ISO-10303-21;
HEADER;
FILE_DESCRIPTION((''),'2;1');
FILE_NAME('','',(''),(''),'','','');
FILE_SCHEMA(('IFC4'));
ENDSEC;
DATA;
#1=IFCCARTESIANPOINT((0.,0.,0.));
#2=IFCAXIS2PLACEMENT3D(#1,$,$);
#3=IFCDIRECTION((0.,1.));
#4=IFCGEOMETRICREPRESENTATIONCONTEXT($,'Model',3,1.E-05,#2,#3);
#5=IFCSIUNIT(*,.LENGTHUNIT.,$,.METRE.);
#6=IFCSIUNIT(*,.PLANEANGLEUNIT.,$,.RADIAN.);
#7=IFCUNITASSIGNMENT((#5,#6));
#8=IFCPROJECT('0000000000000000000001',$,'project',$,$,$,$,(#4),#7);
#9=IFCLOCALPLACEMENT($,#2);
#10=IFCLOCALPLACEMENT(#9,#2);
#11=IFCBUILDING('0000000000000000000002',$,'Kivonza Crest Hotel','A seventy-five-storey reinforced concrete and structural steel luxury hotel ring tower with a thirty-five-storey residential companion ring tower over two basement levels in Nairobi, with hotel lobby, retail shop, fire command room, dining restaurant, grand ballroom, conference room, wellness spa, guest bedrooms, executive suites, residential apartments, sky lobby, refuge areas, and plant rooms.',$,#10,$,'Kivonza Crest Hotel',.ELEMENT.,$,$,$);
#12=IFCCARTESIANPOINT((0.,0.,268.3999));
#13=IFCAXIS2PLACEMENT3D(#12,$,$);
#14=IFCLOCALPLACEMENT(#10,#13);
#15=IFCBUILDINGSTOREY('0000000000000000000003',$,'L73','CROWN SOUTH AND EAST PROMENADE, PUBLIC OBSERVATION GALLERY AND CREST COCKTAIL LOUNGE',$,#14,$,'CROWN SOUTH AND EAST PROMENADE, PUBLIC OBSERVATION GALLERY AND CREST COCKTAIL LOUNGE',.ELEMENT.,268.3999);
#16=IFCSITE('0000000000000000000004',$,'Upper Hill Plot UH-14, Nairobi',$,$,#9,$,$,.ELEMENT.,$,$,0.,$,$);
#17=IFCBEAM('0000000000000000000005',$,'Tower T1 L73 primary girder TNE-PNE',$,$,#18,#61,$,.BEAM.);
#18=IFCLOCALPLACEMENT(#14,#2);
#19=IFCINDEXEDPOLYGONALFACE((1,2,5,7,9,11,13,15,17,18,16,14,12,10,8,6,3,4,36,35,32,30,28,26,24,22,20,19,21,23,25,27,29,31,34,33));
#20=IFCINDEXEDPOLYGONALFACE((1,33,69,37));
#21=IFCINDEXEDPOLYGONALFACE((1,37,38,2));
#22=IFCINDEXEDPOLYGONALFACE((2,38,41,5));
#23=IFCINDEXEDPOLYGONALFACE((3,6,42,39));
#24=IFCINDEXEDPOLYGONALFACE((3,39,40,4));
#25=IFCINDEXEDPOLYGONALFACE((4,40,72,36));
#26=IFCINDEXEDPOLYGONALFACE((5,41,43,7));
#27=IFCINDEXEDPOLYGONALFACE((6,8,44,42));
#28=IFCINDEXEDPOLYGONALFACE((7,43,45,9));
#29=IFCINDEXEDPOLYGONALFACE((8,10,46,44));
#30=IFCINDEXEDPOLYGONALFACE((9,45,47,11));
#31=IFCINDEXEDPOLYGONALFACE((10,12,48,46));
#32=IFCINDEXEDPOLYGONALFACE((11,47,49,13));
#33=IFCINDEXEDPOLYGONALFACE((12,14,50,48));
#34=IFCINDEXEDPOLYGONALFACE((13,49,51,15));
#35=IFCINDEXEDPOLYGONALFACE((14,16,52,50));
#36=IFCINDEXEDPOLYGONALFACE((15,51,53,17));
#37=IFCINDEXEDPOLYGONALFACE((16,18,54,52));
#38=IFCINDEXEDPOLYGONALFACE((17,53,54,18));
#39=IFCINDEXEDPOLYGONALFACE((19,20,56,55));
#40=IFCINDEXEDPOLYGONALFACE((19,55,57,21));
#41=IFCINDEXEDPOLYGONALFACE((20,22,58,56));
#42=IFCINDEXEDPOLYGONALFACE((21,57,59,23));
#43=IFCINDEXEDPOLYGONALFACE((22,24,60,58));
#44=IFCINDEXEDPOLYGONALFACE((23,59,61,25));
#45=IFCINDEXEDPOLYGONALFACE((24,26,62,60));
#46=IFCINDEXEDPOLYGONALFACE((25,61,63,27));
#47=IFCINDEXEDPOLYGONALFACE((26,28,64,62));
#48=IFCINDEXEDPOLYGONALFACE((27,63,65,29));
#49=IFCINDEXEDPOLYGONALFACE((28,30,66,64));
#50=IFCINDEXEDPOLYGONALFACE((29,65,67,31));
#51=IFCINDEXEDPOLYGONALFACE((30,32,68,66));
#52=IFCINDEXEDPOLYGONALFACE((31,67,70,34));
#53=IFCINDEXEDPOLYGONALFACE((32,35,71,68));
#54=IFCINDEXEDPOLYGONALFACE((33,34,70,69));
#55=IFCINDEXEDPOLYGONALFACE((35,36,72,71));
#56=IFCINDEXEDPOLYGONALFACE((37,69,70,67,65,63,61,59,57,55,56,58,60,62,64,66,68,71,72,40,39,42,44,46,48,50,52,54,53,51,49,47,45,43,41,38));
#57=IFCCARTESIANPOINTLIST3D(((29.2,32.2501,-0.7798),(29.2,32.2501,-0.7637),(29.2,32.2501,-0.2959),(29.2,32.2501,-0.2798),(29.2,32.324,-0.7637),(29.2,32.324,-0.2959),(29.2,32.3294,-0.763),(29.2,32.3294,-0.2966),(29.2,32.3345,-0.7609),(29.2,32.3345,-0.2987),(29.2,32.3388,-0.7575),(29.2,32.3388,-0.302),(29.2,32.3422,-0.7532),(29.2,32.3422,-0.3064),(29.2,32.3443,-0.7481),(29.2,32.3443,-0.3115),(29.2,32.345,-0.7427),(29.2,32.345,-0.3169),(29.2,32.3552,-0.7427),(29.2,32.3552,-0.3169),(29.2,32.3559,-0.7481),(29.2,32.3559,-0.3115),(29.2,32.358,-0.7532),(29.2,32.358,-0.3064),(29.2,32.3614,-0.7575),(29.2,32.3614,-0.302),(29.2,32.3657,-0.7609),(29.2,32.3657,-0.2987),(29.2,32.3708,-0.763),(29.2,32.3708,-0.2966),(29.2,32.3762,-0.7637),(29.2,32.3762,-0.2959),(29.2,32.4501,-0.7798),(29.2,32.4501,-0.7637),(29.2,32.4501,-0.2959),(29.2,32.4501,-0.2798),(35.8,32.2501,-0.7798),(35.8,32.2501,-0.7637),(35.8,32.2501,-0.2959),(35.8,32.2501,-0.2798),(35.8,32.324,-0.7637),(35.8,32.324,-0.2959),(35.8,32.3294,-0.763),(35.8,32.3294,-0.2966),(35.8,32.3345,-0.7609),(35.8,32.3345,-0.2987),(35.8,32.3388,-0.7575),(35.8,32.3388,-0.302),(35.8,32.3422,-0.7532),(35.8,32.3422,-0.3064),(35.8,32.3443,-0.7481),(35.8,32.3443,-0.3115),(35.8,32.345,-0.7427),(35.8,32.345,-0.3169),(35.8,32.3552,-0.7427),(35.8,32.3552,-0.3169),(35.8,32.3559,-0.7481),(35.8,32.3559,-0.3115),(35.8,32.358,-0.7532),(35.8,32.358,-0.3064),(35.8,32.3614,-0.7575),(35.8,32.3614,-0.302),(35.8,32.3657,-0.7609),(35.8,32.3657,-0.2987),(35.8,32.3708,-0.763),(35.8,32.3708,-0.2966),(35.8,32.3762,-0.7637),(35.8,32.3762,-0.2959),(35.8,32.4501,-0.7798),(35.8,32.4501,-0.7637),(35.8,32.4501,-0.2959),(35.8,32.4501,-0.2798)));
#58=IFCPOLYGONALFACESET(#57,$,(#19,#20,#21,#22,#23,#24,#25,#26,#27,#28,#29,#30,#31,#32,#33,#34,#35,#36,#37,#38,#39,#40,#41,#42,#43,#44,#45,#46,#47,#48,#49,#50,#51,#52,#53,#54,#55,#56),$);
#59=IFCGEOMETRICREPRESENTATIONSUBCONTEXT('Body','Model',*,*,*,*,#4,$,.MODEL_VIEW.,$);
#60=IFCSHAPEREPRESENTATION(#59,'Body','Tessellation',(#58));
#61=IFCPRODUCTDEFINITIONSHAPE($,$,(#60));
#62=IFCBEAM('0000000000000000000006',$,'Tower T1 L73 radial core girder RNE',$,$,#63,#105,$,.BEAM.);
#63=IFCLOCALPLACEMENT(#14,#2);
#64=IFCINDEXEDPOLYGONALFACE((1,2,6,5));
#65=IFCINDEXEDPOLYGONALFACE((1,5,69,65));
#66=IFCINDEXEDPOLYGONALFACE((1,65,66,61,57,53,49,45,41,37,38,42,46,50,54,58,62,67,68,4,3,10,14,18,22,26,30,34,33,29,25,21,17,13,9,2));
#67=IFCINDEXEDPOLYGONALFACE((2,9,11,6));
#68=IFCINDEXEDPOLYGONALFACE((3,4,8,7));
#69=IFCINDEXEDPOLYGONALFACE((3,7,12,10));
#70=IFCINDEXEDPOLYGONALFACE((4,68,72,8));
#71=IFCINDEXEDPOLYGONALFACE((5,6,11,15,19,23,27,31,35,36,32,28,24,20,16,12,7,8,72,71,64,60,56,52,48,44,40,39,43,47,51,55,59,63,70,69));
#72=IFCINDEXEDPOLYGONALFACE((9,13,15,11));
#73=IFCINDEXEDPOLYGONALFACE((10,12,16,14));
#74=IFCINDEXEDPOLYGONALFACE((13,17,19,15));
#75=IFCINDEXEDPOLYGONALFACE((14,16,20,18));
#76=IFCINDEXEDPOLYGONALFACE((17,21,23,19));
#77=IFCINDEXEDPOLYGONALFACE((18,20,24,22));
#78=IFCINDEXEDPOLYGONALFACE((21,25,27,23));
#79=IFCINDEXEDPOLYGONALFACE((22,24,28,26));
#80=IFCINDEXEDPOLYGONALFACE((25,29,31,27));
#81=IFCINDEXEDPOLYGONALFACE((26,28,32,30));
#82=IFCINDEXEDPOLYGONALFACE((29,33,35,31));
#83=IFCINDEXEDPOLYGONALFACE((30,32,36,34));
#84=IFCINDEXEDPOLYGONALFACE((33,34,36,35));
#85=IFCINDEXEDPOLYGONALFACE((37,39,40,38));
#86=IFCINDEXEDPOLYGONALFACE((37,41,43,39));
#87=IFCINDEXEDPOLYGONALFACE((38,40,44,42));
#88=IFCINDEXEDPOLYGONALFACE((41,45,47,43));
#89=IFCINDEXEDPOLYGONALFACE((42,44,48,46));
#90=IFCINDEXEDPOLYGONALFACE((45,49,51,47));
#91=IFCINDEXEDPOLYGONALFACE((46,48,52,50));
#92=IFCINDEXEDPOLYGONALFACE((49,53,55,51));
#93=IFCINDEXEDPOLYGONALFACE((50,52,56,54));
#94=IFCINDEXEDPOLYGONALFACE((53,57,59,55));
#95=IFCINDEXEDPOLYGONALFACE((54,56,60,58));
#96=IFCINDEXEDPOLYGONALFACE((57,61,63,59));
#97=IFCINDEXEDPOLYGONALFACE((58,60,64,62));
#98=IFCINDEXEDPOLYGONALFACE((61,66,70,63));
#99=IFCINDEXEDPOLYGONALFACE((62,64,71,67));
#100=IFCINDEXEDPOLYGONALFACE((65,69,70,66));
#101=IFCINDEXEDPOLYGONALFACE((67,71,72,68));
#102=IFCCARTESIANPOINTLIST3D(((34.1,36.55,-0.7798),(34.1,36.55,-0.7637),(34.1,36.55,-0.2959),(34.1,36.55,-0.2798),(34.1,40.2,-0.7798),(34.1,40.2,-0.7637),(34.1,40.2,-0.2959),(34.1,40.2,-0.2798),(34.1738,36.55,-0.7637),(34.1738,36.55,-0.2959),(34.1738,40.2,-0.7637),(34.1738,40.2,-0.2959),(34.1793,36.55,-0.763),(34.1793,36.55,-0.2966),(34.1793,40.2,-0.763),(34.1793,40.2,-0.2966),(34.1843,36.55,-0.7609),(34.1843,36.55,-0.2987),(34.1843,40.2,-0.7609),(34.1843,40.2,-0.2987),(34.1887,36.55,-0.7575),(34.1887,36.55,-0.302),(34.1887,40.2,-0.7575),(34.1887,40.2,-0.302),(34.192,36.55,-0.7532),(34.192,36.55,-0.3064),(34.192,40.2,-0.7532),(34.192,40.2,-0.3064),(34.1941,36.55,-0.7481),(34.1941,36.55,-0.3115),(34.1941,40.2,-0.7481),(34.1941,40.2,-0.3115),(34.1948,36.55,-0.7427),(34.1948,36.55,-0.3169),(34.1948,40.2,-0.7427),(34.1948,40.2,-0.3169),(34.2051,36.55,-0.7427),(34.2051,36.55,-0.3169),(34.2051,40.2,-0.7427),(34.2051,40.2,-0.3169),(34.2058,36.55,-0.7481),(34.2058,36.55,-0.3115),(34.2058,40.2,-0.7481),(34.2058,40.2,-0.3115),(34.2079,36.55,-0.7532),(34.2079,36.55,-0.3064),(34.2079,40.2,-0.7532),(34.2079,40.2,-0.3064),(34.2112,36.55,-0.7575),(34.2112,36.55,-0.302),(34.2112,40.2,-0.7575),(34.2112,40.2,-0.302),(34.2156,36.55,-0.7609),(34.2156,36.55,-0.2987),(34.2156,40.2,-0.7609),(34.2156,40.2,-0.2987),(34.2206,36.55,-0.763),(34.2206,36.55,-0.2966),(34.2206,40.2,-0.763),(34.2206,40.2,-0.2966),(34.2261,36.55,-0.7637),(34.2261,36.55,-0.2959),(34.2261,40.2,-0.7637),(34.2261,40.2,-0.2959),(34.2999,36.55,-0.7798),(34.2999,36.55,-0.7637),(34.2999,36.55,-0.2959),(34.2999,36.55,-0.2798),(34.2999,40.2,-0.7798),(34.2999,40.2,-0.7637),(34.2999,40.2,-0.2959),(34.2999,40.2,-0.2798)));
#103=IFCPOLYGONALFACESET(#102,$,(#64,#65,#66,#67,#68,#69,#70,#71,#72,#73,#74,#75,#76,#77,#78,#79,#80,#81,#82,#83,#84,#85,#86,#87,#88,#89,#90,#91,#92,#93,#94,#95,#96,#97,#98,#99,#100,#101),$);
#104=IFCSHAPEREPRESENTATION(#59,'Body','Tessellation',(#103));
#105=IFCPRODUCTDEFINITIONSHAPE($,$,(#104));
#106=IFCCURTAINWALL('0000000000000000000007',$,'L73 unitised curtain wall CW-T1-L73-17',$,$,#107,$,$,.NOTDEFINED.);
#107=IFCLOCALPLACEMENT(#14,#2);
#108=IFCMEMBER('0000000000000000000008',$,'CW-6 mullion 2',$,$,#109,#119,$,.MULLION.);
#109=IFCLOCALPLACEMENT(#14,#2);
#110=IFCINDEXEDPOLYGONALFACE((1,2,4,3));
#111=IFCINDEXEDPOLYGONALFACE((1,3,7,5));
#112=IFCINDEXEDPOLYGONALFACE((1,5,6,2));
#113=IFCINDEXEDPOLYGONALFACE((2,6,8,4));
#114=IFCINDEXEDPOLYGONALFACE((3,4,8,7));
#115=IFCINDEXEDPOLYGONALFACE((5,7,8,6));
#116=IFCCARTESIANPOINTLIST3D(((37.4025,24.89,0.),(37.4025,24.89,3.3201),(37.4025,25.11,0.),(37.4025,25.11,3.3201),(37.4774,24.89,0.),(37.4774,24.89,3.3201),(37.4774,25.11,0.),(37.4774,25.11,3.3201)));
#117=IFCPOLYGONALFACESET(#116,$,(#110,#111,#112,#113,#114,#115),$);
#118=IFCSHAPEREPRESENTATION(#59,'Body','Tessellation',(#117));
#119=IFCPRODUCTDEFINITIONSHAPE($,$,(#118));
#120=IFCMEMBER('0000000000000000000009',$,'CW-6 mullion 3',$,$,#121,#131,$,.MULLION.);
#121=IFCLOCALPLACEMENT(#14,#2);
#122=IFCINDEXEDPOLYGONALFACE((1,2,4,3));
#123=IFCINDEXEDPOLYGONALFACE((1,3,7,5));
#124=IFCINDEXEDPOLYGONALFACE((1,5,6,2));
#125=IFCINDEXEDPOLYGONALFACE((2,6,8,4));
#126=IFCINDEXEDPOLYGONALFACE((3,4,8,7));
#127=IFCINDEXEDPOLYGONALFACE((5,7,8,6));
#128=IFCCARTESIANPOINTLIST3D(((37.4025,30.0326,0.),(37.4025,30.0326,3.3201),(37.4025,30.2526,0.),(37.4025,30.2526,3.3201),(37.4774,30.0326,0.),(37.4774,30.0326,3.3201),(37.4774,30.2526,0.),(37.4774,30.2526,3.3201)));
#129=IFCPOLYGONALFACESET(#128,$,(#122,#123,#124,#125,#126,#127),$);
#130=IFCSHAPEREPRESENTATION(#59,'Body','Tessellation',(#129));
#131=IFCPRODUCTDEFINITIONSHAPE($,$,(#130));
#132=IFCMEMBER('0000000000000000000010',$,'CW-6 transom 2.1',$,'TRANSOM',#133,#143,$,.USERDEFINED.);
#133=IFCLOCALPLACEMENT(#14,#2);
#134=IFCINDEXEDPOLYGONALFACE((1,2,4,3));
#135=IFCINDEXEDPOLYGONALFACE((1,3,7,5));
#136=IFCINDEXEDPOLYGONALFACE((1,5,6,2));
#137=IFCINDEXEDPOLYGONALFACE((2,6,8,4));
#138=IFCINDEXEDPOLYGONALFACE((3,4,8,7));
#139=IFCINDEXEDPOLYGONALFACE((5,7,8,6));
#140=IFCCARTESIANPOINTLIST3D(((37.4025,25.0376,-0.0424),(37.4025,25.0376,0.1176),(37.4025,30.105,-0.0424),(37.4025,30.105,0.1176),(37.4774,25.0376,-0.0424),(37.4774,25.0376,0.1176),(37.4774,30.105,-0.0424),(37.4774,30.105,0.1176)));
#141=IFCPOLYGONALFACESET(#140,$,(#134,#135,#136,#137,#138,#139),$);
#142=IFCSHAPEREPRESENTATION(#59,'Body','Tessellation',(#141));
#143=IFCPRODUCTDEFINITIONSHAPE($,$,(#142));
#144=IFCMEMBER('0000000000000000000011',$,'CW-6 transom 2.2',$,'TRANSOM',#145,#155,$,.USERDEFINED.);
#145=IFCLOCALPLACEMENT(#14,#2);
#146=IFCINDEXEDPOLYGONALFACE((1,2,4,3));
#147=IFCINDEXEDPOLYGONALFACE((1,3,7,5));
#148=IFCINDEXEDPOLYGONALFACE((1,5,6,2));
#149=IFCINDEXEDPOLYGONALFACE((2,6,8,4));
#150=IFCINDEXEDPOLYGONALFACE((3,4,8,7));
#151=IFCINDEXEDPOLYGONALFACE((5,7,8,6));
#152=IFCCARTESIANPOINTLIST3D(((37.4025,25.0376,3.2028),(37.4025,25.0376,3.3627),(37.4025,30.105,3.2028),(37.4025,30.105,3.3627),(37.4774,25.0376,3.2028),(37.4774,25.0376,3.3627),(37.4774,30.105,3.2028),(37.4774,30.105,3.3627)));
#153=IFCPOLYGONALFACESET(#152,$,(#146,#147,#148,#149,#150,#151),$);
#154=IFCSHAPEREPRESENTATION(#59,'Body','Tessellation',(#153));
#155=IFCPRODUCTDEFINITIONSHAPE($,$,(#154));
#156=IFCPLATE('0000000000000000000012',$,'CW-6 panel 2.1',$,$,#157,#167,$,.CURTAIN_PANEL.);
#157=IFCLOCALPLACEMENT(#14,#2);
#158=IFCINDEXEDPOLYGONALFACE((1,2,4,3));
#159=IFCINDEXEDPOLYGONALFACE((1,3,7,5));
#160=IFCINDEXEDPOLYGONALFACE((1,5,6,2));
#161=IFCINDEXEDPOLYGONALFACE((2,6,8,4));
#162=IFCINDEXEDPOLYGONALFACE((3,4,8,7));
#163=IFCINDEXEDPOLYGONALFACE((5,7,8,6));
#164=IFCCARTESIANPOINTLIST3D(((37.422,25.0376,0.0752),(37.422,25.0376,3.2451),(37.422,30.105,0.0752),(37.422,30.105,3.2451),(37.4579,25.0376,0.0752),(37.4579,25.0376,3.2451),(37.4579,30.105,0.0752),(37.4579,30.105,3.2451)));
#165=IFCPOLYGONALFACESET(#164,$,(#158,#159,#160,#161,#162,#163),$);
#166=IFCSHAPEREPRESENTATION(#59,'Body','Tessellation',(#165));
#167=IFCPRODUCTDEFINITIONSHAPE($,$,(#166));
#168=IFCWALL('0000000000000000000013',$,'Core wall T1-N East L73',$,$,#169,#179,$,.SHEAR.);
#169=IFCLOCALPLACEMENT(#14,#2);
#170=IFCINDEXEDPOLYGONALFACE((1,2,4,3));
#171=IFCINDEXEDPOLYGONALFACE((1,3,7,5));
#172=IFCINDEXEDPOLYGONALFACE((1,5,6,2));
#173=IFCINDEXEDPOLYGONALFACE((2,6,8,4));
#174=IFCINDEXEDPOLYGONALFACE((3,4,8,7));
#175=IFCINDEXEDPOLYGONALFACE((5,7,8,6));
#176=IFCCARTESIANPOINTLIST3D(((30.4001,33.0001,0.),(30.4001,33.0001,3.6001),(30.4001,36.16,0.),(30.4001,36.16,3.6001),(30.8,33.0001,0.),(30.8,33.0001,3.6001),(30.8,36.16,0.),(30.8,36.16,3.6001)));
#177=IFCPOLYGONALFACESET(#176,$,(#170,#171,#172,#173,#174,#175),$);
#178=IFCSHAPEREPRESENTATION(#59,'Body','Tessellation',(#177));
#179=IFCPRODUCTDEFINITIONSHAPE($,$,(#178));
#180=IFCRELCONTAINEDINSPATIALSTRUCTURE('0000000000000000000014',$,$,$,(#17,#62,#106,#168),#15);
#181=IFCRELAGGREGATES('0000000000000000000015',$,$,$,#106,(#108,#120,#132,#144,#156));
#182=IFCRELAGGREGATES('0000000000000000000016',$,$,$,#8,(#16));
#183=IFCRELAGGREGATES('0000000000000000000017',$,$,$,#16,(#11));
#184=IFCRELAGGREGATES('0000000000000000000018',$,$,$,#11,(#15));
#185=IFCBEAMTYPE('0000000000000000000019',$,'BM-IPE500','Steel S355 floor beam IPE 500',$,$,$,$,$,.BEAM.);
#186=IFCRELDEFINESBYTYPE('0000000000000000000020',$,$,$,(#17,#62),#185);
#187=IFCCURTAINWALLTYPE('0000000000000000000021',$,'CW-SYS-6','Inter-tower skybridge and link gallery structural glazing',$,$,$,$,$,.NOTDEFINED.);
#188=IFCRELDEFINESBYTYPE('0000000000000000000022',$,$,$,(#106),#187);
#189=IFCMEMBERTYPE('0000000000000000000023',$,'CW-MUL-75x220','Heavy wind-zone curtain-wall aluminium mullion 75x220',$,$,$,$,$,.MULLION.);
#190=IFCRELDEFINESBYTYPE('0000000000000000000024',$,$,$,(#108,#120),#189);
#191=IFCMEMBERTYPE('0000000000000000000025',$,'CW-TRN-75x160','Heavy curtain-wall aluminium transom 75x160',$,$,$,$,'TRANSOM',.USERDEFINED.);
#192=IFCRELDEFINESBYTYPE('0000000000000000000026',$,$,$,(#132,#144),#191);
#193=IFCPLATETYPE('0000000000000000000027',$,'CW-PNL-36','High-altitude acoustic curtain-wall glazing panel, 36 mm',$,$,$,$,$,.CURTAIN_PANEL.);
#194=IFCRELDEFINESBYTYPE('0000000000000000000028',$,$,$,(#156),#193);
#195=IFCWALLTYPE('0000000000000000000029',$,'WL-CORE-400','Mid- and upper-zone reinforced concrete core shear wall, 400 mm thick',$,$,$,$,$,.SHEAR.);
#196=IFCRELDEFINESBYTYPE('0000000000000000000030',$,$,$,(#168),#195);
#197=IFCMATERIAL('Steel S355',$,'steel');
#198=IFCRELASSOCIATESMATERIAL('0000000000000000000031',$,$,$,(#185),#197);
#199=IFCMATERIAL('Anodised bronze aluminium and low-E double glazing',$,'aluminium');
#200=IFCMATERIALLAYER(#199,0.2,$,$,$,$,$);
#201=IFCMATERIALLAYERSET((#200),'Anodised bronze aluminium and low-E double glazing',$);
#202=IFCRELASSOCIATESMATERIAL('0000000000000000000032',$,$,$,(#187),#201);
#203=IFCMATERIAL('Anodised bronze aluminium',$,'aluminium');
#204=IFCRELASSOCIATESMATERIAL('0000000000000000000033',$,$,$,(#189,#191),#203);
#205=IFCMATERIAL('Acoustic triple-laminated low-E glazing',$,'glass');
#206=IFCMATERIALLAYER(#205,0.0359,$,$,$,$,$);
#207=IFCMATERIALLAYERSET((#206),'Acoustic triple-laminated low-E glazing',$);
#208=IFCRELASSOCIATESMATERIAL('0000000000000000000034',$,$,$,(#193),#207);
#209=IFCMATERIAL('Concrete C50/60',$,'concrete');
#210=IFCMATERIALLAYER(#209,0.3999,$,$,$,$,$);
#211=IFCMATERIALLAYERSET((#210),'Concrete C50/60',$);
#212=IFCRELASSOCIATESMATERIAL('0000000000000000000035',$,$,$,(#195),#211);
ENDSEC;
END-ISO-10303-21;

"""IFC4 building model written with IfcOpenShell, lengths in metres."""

from ifc_helpers import new_model, si_unit, direction, frame, frame_2d, origin, origin_2d, place, context, subcontext, project, spatial, rectangle, i_section, extrude, material, layer, layer_set, material_profile, profile_set, type_object, element, aggregate, save


model = new_model("IFC4")

# Units and contexts
model_context = context("Model", 3, precision=1e-05, world=origin(), true_north=direction((0.0, 1.0)))
body_context = subcontext(model_context, "Body", "Model", "MODEL_VIEW")
ifc_project = project(units=[si_unit("LENGTHUNIT", "METRE"), si_unit("PLANEANGLEUNIT", "RADIAN")], contexts=[model_context])

# Site, building, storey
site_placement = place(None, origin())
site = spatial("IfcSite", under=ifc_project, at=site_placement, Name="Upper Hill Plot UH-14, Nairobi", CompositionType="ELEMENT", RefElevation=0.0)
building_placement = place(site_placement, origin())
building = spatial("IfcBuilding", under=site, at=building_placement, Name="Kivonza Crest Hotel", Description="A seventy-five-storey reinforced concrete and structural steel luxury hotel ring tower with a thirty-five-storey residential companion ring tower over two basement levels in Nairobi, with hotel lobby, retail shop, fire command room, dining restaurant, grand ballroom, conference room, wellness spa, guest bedrooms, executive suites, residential apartments, sky lobby, refuge areas, and plant rooms.", LongName="Kivonza Crest Hotel", CompositionType="ELEMENT")
storey_placement = place(building_placement, frame((0.0, 0.0, 268.3999)))
storey = spatial("IfcBuildingStorey", under=building, at=storey_placement, Name="L73", Description="CROWN SOUTH AND EAST PROMENADE, PUBLIC OBSERVATION GALLERY AND CREST COCKTAIL LOUNGE", LongName="CROWN SOUTH AND EAST PROMENADE, PUBLIC OBSERVATION GALLERY AND CREST COCKTAIL LOUNGE", CompositionType="ELEMENT", Elevation=268.3999)

# Shared definitions
ifc_material_1 = material(Name="Concrete C50/60", Category="concrete")

# Beams
ifc_material_2 = material(Name="Steel S355", Category="steel")
ifc_material_profile_1 = material_profile(ifc_material_2, i_section(OverallWidth=0.2, OverallDepth=0.5, WebThickness=0.0103, FlangeThickness=0.0161, FilletRadius=0.021, at=origin_2d()), Name="IPE 500")
ifc_profile_set_1 = profile_set([ifc_material_profile_1], Name="Steel S355")
beam_type_1 = type_object("IfcBeamType", Name="BM-IPE500", Description="Steel S355 floor beam IPE 500", PredefinedType="BEAM", material=ifc_profile_set_1)
beam_1_placement = place(storey_placement, frame((29.2, 32.3501, -0.5298), z_axis=(1.0, 0.0, 0.0), x_axis=(0.0, 1.0, 0.0)))
element("IfcBeam", 1, at=beam_1_placement, inside=storey, type_object=beam_type_1, Name="Tower T1 L73 primary girder TNE-PNE", PredefinedType="BEAM", context=body_context, shape_type="SweptSolid", body=[
    extrude(i_section(OverallWidth=0.2, OverallDepth=0.5, WebThickness=0.0103, FlangeThickness=0.0161, FilletRadius=0.021, at=origin_2d()), origin(), (0.0, 0.0, 1.0), 6.6001),
])
beam_2_placement = place(storey_placement, frame((34.2, 40.2, -0.5298), z_axis=(0.0, -1.0, 0.0), x_axis=(1.0, 0.0, 0.0)))
element("IfcBeam", 2, at=beam_2_placement, inside=storey, type_object=beam_type_1, Name="Tower T1 L73 radial core girder RNE", PredefinedType="BEAM", context=body_context, shape_type="SweptSolid", body=[
    extrude(i_section(OverallWidth=0.2, OverallDepth=0.5, WebThickness=0.0103, FlangeThickness=0.0161, FilletRadius=0.021, at=origin_2d()), origin(), (0.0, 0.0, 1.0), 3.6499),
])

# Curtain wall, members, plate
ifc_material_3 = material(Name="Anodised bronze aluminium and low-E double glazing", Category="aluminium")
ifc_layer_1 = layer(ifc_material_3, 0.2)
ifc_layer_set_1 = layer_set([ifc_layer_1], Name="Anodised bronze aluminium and low-E double glazing")
curtain_wall_type = type_object("IfcCurtainWallType", Name="CW-SYS-6", Description="Inter-tower skybridge and link gallery structural glazing", PredefinedType="NOTDEFINED", material=ifc_layer_set_1)
curtain_wall_placement = place(storey_placement, origin())
curtain_wall = element("IfcCurtainWall", 3, at=curtain_wall_placement, inside=storey, type_object=curtain_wall_type, Name="L73 unitised curtain wall CW-T1-L73-17", PredefinedType="NOTDEFINED")
ifc_material_4 = material(Name="Anodised bronze aluminium", Category="aluminium")
ifc_material_profile_2 = material_profile(ifc_material_4, rectangle(XDim=0.075, YDim=0.22, at=origin_2d()), Name="CW-M 75x220")
ifc_profile_set_2 = profile_set([ifc_material_profile_2], Name="Anodised bronze aluminium")
member_type_1 = type_object("IfcMemberType", Name="CW-MUL-75x220", Description="Heavy wind-zone curtain-wall aluminium mullion 75x220", PredefinedType="MULLION", material=ifc_profile_set_2)
member_1_placement = place(storey_placement, frame((37.4399, 25.0, 0.0), z_axis=(0.0, 0.0, 1.0), x_axis=(-1.0, 0.0, 0.0)))
member_1 = element("IfcMember", 4, at=member_1_placement, type_object=member_type_1, Name="CW-6 mullion 2", PredefinedType="MULLION", context=body_context, shape_type="SweptSolid", body=[
    extrude(rectangle(XDim=0.075, YDim=0.22, at=origin_2d()), origin(), (0.0, 0.0, 1.0), 3.3201),
])
member_2_placement = place(storey_placement, frame((37.4399, 30.1426, 0.0), z_axis=(0.0, 0.0, 1.0), x_axis=(-1.0, 0.0, 0.0)))
member_2 = element("IfcMember", 5, at=member_2_placement, type_object=member_type_1, Name="CW-6 mullion 3", PredefinedType="MULLION", context=body_context, shape_type="SweptSolid", body=[
    extrude(rectangle(XDim=0.075, YDim=0.22, at=origin_2d()), origin(), (0.0, 0.0, 1.0), 3.3201),
])
ifc_material_profile_3 = material_profile(ifc_material_4, rectangle(XDim=0.075, YDim=0.1599, at=origin_2d()), Name="CW-T 75x160")
ifc_profile_set_3 = profile_set([ifc_material_profile_3], Name="Anodised bronze aluminium")
member_type_2 = type_object("IfcMemberType", Name="CW-TRN-75x160", Description="Heavy curtain-wall aluminium transom 75x160", ElementType="TRANSOM", PredefinedType="USERDEFINED", material=ifc_profile_set_3)
member_3_placement = place(storey_placement, frame((37.4399, 25.0376, 0.0376), z_axis=(0.0, 1.0, 0.0), x_axis=(-1.0, 0.0, 0.0)))
member_3 = element("IfcMember", 6, at=member_3_placement, type_object=member_type_2, Name="CW-6 transom 2.1", ObjectType="TRANSOM", PredefinedType="USERDEFINED", context=body_context, shape_type="SweptSolid", body=[
    extrude(rectangle(XDim=0.075, YDim=0.1599, at=origin_2d()), origin(), (0.0, 0.0, 1.0), 5.0674),
])
member_4_placement = place(storey_placement, frame((37.4399, 25.0376, 3.2827), z_axis=(0.0, 1.0, 0.0), x_axis=(-1.0, 0.0, 0.0)))
member_4 = element("IfcMember", 7, at=member_4_placement, type_object=member_type_2, Name="CW-6 transom 2.2", ObjectType="TRANSOM", PredefinedType="USERDEFINED", context=body_context, shape_type="SweptSolid", body=[
    extrude(rectangle(XDim=0.075, YDim=0.1599, at=origin_2d()), origin(), (0.0, 0.0, 1.0), 5.0674),
])
ifc_material_5 = material(Name="Acoustic triple-laminated low-E glazing", Category="glass")
ifc_layer_2 = layer(ifc_material_5, 0.0359)
ifc_layer_set_2 = layer_set([ifc_layer_2], Name="Acoustic triple-laminated low-E glazing")
plate_type = type_object("IfcPlateType", Name="CW-PNL-36", Description="High-altitude acoustic curtain-wall glazing panel, 36 mm", PredefinedType="CURTAIN_PANEL", material=ifc_layer_set_2)
plate_placement = place(storey_placement, frame((37.4399, 27.5713, 0.0752), z_axis=(0.0, 0.0, 1.0), x_axis=(0.0, 1.0, 0.0)))
plate = element("IfcPlate", 8, at=plate_placement, type_object=plate_type, Name="CW-6 panel 2.1", PredefinedType="CURTAIN_PANEL", context=body_context, shape_type="SweptSolid", body=[
    extrude(rectangle(XDim=5.0674, YDim=0.0359, at=origin_2d()), origin(), (0.0, 0.0, 1.0), 3.1699),
])
aggregate(curtain_wall, [member_1, member_2, member_3, member_4, plate])

# Wall
ifc_layer_3 = layer(ifc_material_1, 0.3999)
ifc_layer_set_3 = layer_set([ifc_layer_3], Name="Concrete C50/60")
wall_type_1 = type_object("IfcWallType", Name="WL-CORE-400", Description="Mid- and upper-zone reinforced concrete core shear wall, 400 mm thick", PredefinedType="SHEAR", material=ifc_layer_set_3)
wall_1_placement = place(storey_placement, frame((30.6001, 33.0, 0.0), z_axis=(0.0, 0.0, 1.0), x_axis=(0.0, 1.0, 0.0)))
element("IfcWall", 9, at=wall_1_placement, inside=storey, type_object=wall_type_1, Name="Core wall T1-N East L73", PredefinedType="SHEAR", context=body_context, shape_type="SweptSolid", body=[
    extrude(rectangle(XDim=3.1599, YDim=0.3999, at=frame_2d((1.5801, 0.0))), origin(), (0.0, 0.0, 1.0), 3.6001),
])

save(model, "model.ifc")
